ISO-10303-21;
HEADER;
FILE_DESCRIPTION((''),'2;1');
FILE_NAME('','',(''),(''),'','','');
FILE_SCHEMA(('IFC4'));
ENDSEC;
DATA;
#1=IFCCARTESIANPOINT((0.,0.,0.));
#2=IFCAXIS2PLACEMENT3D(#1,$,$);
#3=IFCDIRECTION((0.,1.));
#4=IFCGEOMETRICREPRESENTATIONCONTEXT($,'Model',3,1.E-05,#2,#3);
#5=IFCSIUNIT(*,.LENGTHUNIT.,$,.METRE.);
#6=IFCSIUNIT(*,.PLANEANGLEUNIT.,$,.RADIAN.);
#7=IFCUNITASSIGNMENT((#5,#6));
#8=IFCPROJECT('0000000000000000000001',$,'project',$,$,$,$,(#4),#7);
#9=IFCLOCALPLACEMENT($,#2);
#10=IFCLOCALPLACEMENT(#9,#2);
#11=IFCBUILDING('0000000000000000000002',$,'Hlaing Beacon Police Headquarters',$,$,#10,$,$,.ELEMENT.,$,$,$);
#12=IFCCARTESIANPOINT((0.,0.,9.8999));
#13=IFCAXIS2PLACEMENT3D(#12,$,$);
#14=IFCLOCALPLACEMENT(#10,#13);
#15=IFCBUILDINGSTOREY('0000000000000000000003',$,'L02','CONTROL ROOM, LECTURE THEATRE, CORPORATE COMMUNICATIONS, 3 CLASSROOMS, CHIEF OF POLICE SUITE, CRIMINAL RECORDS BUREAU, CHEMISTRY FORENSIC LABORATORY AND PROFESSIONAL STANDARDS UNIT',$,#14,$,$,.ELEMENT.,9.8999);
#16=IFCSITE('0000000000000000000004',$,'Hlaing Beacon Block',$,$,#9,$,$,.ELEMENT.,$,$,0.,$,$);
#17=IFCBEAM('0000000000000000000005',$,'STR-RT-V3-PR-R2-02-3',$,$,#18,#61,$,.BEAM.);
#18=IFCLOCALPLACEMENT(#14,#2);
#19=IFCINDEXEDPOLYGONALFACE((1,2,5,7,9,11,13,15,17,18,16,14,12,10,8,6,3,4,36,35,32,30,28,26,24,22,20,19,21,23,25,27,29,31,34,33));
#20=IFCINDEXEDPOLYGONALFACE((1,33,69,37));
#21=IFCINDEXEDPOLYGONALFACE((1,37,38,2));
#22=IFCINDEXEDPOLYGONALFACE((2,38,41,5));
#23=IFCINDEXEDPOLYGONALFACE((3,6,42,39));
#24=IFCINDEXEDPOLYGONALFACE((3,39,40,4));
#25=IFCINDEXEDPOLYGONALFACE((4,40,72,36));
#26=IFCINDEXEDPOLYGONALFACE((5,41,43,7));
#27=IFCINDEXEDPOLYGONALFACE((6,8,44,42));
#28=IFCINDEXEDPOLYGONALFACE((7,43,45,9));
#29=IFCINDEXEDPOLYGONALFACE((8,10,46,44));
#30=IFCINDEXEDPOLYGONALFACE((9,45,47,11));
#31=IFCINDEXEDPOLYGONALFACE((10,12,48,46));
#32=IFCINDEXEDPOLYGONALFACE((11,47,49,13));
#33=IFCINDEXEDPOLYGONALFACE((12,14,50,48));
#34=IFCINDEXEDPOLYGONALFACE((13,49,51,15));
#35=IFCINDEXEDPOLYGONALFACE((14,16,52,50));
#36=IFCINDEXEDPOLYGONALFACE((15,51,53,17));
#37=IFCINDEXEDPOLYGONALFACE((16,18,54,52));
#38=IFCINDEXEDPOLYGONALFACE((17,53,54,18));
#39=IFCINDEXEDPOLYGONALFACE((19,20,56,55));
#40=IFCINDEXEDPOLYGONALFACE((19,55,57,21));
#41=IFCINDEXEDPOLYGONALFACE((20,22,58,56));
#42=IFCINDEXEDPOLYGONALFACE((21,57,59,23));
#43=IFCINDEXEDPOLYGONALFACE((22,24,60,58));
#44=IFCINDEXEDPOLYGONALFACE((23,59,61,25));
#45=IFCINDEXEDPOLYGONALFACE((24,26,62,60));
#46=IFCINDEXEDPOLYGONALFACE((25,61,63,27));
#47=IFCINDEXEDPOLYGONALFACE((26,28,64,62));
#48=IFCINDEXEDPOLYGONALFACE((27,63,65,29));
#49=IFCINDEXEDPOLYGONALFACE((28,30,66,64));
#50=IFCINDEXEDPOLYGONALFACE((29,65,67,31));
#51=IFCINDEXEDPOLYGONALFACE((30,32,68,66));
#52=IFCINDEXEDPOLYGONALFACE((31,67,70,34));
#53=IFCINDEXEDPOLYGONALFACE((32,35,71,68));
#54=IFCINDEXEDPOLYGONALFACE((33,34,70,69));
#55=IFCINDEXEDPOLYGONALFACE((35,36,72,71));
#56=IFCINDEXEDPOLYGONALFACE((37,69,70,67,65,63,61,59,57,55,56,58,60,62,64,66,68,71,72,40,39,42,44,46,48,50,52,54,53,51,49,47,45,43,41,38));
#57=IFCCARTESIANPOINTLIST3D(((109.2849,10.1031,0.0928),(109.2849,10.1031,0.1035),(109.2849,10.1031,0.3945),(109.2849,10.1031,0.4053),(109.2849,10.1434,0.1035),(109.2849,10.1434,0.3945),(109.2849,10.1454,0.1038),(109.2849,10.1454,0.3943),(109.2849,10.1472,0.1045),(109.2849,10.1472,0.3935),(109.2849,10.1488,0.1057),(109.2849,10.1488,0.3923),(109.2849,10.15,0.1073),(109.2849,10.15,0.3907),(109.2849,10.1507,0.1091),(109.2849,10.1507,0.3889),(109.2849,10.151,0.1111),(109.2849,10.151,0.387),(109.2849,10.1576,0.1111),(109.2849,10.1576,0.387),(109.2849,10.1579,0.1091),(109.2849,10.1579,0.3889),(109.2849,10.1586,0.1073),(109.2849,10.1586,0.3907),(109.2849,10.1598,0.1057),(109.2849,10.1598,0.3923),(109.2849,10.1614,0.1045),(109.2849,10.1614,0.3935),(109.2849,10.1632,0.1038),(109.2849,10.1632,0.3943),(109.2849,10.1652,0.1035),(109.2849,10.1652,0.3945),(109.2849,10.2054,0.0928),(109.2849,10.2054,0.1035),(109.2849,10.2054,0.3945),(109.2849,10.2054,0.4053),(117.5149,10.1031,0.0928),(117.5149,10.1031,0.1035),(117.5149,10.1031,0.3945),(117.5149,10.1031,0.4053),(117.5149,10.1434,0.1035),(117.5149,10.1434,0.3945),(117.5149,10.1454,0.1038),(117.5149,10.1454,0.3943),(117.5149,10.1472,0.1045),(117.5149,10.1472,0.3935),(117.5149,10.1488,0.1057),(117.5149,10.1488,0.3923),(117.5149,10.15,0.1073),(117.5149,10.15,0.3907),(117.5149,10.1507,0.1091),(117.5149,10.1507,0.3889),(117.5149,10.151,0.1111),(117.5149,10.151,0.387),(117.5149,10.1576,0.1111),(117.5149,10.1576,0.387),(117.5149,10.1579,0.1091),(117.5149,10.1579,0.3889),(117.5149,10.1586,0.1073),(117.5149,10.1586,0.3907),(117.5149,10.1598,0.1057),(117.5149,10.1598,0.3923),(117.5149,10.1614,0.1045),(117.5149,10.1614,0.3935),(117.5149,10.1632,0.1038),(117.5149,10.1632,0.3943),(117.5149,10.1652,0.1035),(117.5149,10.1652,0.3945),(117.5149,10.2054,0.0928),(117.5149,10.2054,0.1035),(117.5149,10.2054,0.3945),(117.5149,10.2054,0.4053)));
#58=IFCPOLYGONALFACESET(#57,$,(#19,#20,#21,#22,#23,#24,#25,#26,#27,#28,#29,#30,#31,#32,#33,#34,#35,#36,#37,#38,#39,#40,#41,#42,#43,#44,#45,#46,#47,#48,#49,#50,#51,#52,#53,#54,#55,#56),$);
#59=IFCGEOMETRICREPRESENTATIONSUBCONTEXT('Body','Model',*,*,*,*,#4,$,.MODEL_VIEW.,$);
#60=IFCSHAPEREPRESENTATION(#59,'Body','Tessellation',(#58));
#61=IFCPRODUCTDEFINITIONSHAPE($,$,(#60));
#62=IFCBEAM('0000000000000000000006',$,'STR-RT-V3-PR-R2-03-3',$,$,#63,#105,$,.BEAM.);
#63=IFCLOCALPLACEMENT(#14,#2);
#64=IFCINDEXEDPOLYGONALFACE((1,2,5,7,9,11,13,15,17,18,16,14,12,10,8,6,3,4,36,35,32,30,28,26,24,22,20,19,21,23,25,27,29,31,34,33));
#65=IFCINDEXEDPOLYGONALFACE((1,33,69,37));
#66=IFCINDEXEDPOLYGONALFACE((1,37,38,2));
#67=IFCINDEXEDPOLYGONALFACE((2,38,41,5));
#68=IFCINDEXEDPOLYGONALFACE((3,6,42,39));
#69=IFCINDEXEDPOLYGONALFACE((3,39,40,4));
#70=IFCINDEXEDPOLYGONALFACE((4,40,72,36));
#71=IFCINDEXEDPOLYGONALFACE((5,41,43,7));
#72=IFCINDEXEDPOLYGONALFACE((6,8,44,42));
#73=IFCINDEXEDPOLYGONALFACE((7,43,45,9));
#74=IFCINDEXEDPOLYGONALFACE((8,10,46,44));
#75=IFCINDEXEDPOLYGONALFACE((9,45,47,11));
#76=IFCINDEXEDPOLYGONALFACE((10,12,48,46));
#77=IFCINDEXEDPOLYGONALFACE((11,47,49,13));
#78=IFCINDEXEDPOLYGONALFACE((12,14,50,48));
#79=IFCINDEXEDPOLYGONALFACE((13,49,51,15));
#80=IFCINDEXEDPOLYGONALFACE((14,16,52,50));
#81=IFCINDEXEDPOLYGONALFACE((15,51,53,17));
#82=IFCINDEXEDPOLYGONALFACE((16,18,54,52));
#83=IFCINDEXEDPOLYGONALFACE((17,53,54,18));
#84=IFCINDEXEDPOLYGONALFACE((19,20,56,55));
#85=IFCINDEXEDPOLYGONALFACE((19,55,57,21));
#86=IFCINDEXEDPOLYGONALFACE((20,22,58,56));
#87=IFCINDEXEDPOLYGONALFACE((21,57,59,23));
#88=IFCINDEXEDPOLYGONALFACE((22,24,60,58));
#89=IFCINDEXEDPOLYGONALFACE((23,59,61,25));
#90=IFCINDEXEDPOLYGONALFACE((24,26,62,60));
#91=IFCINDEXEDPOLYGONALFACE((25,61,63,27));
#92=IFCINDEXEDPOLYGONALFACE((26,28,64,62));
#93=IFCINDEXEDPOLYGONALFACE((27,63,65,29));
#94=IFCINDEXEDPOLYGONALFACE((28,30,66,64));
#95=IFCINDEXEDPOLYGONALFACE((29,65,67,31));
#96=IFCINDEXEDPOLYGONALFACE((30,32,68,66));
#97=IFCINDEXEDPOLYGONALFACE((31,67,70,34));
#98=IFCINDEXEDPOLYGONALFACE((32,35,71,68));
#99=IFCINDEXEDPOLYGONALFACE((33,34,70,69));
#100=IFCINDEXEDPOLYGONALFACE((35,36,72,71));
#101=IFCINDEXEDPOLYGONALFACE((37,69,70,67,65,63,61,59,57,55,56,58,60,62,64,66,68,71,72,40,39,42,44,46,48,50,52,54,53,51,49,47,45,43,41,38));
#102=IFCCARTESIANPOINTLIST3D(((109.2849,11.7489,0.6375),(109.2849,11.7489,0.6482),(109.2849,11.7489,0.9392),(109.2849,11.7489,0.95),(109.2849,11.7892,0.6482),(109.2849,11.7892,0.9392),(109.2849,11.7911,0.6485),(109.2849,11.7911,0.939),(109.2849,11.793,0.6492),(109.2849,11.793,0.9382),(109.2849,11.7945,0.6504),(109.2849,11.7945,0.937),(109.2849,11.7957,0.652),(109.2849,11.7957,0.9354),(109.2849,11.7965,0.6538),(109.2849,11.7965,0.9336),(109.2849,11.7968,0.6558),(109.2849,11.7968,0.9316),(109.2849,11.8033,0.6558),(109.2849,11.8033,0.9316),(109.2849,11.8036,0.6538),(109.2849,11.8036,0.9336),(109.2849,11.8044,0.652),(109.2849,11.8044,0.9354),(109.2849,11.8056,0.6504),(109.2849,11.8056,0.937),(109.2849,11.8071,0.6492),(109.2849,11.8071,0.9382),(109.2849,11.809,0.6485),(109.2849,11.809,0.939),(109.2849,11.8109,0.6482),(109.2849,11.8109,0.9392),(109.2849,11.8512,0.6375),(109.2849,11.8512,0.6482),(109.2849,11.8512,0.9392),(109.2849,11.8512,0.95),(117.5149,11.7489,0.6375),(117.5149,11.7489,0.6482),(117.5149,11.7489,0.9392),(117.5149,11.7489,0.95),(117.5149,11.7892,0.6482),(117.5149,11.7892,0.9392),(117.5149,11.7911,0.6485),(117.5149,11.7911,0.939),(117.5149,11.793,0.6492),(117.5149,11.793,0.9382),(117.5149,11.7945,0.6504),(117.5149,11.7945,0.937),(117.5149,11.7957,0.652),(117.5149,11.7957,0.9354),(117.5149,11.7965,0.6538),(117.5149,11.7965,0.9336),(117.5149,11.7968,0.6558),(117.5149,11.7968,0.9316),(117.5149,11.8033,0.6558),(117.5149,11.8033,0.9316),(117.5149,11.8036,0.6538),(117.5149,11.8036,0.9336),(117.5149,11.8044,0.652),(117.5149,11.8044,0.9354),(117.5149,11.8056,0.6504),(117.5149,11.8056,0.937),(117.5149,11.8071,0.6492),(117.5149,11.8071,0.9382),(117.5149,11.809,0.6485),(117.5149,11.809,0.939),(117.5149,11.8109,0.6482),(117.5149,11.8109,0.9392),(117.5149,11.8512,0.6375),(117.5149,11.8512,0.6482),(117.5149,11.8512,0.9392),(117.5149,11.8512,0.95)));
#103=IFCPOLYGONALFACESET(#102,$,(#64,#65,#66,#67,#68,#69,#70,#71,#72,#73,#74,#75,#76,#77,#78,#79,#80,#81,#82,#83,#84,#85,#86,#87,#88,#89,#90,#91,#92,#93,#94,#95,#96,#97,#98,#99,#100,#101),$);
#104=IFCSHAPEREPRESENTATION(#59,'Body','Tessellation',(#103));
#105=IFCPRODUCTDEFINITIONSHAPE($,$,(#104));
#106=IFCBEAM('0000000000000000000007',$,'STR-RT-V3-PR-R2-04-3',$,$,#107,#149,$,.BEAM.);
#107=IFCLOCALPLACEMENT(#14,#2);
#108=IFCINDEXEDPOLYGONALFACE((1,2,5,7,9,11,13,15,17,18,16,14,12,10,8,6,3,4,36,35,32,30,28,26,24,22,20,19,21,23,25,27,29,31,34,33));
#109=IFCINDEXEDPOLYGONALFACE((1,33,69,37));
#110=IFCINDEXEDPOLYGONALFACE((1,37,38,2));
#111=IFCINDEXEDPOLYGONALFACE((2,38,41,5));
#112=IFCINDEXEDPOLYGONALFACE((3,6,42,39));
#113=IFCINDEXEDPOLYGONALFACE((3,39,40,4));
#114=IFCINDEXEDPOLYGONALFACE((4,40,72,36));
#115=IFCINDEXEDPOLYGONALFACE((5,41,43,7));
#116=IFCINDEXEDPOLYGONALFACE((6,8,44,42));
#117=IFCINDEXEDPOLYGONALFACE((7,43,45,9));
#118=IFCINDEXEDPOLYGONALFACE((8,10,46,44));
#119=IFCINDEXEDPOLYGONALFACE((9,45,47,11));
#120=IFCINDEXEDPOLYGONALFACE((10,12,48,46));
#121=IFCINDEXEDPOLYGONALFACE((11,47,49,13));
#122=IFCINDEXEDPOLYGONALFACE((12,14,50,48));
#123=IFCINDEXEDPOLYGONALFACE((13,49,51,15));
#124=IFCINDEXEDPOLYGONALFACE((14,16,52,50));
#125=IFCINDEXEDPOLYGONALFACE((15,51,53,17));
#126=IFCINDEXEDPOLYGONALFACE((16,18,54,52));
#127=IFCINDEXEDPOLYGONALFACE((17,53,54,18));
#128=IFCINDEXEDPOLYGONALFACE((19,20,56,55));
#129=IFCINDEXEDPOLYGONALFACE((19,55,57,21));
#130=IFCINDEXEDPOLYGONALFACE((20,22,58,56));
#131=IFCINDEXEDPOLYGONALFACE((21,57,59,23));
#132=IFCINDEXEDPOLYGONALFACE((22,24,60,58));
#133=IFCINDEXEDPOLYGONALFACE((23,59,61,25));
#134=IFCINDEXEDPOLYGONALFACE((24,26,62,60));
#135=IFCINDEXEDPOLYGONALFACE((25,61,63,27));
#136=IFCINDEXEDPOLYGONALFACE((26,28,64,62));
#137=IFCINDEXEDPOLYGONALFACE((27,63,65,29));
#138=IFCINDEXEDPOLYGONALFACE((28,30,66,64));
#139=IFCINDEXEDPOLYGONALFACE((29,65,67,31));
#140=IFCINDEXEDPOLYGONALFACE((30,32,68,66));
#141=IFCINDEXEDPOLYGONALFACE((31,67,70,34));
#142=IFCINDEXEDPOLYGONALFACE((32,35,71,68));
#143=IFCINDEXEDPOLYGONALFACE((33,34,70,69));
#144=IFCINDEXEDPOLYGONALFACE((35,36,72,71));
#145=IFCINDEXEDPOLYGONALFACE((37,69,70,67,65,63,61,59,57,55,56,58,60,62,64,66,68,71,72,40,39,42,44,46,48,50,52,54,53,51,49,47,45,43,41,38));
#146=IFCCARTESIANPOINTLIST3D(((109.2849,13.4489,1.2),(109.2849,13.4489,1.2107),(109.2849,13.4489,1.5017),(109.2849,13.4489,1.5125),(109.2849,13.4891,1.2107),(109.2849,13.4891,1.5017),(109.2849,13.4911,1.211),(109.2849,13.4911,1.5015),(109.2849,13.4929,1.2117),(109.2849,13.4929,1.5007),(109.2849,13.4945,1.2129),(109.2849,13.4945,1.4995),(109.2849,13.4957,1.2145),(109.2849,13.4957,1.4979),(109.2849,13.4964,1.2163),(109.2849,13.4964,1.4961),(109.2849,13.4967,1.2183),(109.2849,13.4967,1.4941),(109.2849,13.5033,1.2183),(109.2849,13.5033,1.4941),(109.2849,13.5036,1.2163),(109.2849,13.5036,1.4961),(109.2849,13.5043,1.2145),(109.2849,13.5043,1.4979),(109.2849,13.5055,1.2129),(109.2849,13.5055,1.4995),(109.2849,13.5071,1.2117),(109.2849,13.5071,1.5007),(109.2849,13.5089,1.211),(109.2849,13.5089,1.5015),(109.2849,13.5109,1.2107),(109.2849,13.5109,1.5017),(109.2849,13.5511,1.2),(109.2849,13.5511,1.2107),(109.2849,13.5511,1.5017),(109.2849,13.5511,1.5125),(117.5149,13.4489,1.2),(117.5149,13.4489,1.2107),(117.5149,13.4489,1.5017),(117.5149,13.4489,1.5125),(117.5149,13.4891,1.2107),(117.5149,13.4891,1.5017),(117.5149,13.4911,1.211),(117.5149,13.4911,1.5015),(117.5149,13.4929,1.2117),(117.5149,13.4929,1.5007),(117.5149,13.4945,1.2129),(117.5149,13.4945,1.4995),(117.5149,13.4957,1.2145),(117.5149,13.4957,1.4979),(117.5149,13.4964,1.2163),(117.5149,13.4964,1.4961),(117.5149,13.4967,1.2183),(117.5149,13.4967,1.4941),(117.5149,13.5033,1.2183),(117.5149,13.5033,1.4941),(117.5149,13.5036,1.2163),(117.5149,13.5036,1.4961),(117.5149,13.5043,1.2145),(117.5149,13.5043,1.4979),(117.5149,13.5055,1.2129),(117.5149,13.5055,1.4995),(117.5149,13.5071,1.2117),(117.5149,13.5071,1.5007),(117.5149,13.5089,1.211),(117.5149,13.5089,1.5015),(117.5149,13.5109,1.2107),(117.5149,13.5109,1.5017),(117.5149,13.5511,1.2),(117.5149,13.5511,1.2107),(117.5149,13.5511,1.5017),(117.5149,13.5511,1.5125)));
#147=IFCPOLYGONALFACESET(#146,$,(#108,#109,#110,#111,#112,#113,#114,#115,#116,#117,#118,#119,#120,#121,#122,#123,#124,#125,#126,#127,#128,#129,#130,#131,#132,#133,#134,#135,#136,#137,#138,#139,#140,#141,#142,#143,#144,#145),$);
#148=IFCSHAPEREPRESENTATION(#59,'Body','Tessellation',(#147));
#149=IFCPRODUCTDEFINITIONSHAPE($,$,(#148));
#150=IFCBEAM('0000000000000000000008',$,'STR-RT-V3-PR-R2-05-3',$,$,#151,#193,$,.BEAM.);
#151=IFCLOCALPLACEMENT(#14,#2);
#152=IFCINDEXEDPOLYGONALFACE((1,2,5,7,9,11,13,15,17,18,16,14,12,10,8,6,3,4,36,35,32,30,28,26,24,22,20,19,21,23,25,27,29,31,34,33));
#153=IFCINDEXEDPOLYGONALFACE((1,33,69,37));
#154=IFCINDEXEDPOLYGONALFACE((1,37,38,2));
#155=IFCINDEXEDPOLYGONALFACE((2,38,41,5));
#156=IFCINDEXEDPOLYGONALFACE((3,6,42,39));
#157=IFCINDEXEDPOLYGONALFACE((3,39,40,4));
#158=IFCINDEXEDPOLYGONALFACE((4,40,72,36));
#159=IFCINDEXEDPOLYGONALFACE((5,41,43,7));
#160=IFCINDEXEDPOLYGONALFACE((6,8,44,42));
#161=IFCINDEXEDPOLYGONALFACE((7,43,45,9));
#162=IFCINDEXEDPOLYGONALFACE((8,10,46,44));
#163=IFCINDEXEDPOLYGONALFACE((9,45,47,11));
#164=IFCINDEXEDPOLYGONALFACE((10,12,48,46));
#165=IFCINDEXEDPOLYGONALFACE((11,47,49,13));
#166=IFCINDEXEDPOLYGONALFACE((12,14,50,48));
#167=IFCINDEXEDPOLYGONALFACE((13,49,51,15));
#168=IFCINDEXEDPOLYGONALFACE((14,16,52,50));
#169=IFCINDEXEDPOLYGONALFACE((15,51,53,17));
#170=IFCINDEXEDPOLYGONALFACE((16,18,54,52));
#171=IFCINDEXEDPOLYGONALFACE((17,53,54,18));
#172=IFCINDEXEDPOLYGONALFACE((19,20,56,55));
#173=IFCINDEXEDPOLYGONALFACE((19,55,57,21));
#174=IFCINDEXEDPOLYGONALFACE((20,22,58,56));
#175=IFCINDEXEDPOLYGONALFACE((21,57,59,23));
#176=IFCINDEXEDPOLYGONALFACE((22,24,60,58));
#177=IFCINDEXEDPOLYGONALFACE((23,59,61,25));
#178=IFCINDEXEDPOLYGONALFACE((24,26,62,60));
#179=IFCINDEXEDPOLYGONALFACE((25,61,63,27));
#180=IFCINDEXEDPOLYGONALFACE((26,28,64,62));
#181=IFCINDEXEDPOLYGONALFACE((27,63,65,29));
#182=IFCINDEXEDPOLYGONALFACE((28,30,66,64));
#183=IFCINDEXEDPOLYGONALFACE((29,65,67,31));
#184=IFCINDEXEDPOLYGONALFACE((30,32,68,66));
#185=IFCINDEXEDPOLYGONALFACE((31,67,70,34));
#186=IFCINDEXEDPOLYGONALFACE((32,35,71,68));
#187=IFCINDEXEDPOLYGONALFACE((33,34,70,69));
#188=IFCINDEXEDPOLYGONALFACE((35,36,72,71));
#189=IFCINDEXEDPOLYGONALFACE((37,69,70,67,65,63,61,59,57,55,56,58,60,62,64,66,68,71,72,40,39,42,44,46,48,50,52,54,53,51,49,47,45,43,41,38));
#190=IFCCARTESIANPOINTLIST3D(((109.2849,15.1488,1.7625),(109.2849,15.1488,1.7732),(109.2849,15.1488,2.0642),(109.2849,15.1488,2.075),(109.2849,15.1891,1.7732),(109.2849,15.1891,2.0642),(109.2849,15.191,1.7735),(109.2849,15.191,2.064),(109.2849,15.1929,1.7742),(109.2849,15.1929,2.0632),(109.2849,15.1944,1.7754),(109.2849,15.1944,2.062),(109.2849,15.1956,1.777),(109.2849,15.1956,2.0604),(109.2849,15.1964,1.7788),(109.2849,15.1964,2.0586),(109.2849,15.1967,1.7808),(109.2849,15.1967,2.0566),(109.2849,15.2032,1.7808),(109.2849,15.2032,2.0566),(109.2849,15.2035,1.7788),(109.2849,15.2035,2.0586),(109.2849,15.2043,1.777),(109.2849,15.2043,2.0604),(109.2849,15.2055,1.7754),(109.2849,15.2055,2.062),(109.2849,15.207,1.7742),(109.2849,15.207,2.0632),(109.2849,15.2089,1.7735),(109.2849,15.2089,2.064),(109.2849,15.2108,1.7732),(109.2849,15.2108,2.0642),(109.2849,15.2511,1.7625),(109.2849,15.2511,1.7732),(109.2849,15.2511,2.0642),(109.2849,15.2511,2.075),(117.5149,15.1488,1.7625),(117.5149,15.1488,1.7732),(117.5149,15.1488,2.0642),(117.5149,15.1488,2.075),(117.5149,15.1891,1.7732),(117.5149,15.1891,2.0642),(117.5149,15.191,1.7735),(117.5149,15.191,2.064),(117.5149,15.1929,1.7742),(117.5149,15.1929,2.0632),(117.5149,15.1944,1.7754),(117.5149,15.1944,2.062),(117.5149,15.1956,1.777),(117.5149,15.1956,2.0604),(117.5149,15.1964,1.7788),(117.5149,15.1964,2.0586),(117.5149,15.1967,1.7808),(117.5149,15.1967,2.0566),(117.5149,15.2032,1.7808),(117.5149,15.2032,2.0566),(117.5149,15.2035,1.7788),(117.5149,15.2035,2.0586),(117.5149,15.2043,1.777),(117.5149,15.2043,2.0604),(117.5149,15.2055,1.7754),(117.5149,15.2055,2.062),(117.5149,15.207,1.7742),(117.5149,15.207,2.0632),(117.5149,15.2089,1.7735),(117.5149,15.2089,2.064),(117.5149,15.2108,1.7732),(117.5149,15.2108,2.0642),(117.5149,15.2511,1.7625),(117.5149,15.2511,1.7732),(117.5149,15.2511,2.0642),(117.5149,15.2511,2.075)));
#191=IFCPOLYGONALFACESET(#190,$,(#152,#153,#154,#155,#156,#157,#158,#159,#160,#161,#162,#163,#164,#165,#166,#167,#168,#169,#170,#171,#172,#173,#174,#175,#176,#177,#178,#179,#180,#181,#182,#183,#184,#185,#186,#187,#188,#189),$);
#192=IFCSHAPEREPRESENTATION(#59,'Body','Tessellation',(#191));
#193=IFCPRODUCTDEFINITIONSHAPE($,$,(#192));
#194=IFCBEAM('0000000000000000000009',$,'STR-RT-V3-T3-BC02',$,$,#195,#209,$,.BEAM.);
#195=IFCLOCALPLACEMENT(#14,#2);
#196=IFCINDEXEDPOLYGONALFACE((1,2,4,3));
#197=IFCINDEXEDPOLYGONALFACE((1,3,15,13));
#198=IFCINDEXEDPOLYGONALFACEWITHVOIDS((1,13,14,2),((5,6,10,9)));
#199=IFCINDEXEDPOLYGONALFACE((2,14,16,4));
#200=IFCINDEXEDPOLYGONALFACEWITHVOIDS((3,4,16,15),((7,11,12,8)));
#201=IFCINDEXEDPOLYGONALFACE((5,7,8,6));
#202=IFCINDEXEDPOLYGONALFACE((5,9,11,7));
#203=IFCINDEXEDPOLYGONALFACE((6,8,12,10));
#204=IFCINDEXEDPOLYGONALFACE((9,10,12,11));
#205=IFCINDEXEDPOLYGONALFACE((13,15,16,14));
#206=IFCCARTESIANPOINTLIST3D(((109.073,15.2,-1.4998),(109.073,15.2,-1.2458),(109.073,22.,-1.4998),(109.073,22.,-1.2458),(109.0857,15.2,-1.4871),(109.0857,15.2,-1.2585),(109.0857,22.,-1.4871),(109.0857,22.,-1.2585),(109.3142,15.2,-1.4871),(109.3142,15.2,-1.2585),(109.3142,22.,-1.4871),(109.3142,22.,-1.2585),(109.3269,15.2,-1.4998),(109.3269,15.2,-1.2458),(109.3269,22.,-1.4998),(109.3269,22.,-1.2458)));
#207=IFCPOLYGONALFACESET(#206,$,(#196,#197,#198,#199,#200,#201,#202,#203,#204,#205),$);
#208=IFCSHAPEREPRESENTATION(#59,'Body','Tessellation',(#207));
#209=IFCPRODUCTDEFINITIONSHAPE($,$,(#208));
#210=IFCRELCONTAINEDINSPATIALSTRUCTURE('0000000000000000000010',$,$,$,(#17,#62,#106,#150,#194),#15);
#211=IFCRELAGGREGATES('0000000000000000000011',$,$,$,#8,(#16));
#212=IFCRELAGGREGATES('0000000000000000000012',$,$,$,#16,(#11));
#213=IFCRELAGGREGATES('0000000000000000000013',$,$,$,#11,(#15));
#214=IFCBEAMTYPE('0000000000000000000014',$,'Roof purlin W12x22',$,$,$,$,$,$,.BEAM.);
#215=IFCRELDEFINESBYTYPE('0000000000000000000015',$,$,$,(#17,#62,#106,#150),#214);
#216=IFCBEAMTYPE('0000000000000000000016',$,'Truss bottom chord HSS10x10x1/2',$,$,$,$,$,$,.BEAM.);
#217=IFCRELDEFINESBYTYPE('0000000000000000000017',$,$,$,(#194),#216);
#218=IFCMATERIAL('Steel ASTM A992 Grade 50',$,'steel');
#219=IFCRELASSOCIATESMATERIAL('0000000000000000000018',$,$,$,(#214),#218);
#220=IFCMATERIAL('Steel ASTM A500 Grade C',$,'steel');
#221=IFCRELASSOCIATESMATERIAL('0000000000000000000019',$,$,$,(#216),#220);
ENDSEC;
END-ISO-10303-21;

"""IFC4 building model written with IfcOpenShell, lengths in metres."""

from ifc_helpers import new_model, si_unit, direction, frame, origin, origin_2d, place, context, subcontext, project, spatial, hollow_rectangle, i_section, extrude, material, material_profile, profile_set, type_object, element, save


model = new_model("IFC4")

# Units and contexts
model_context = context("Model", 3, precision=1e-05, world=origin(), true_north=direction((0.0, 1.0)))
body_context = subcontext(model_context, "Body", "Model", "MODEL_VIEW")
ifc_project = project(units=[si_unit("LENGTHUNIT", "METRE"), si_unit("PLANEANGLEUNIT", "RADIAN")], contexts=[model_context])

# Site, building, storey
site_placement = place(None, origin())
site = spatial("IfcSite", under=ifc_project, at=site_placement, Name="Hlaing Beacon Block", CompositionType="ELEMENT", RefElevation=0.0)
building_placement = place(site_placement, origin())
building = spatial("IfcBuilding", under=site, at=building_placement, Name="Hlaing Beacon Police Headquarters", CompositionType="ELEMENT")
storey_placement = place(building_placement, frame((0.0, 0.0, 9.8999)))
storey = spatial("IfcBuildingStorey", under=building, at=storey_placement, Name="L02", Description="CONTROL ROOM, LECTURE THEATRE, CORPORATE COMMUNICATIONS, 3 CLASSROOMS, CHIEF OF POLICE SUITE, CRIMINAL RECORDS BUREAU, CHEMISTRY FORENSIC LABORATORY AND PROFESSIONAL STANDARDS UNIT", CompositionType="ELEMENT", Elevation=9.8999)

# Beams
ifc_material_1 = material(Name="Steel ASTM A992 Grade 50", Category="steel")
ifc_material_profile_1 = material_profile(ifc_material_1, i_section(OverallWidth=0.1023, OverallDepth=0.3125, WebThickness=0.0066, FlangeThickness=0.0107, FilletRadius=0.0076, at=origin_2d()), Name="W12x22")
ifc_profile_set_1 = profile_set([ifc_material_profile_1], Name="Steel ASTM A992 Grade 50")
beam_type_1 = type_object("IfcBeamType", Name="Roof purlin W12x22", PredefinedType="BEAM", material=ifc_profile_set_1)
for number, where, z_axis, x_axis, name in (
    (1, (109.2849, 10.1543, 0.249), (1.0, 0.0, 0.0), (0.0, 1.0, 0.0), "STR-RT-V3-PR-R2-02-3"),
    (2, (109.2849, 11.8, 0.7937), (1.0, 0.0, 0.0), (0.0, 1.0, 0.0), "STR-RT-V3-PR-R2-03-3"),
    (3, (109.2849, 13.5, 1.3562), (1.0, 0.0, 0.0), (0.0, 1.0, 0.0), "STR-RT-V3-PR-R2-04-3"),
    (4, (109.2849, 15.2, 1.9187), (1.0, 0.0, 0.0), (0.0, 1.0, 0.0), "STR-RT-V3-PR-R2-05-3"),
):
    element("IfcBeam", number, at=place(storey_placement, frame(where, z_axis=z_axis, x_axis=x_axis)), inside=storey, type_object=beam_type_1, Name=name, PredefinedType="BEAM", context=body_context, shape_type="SweptSolid", body=[
        extrude(i_section(OverallWidth=0.1023, OverallDepth=0.3125, WebThickness=0.0066, FlangeThickness=0.0107, FilletRadius=0.0076, at=origin_2d()), origin(), (0.0, 0.0, 1.0), 8.23),
    ])
ifc_material_2 = material(Name="Steel ASTM A500 Grade C", Category="steel")
ifc_material_profile_2 = material_profile(ifc_material_2, hollow_rectangle(XDim=0.2539, YDim=0.2539, WallThickness=0.0127, at=origin_2d()), Name="HSS10x10x1/2")
ifc_profile_set_2 = profile_set([ifc_material_profile_2], Name="Steel ASTM A500 Grade C")
beam_type_2 = type_object("IfcBeamType", Name="Truss bottom chord HSS10x10x1/2", PredefinedType="BEAM", material=ifc_profile_set_2)
beam_1_placement = place(storey_placement, frame((109.2, 15.2, -1.3728), z_axis=(0.0, 1.0, 0.0), x_axis=(-1.0, 0.0, 0.0)))
element("IfcBeam", 5, at=beam_1_placement, inside=storey, type_object=beam_type_2, Name="STR-RT-V3-T3-BC02", PredefinedType="BEAM", context=body_context, shape_type="SweptSolid", body=[
    extrude(hollow_rectangle(XDim=0.2539, YDim=0.2539, WallThickness=0.0127, at=origin_2d()), origin(), (0.0, 0.0, 1.0), 6.8),
])

save(model, "model.ifc")
